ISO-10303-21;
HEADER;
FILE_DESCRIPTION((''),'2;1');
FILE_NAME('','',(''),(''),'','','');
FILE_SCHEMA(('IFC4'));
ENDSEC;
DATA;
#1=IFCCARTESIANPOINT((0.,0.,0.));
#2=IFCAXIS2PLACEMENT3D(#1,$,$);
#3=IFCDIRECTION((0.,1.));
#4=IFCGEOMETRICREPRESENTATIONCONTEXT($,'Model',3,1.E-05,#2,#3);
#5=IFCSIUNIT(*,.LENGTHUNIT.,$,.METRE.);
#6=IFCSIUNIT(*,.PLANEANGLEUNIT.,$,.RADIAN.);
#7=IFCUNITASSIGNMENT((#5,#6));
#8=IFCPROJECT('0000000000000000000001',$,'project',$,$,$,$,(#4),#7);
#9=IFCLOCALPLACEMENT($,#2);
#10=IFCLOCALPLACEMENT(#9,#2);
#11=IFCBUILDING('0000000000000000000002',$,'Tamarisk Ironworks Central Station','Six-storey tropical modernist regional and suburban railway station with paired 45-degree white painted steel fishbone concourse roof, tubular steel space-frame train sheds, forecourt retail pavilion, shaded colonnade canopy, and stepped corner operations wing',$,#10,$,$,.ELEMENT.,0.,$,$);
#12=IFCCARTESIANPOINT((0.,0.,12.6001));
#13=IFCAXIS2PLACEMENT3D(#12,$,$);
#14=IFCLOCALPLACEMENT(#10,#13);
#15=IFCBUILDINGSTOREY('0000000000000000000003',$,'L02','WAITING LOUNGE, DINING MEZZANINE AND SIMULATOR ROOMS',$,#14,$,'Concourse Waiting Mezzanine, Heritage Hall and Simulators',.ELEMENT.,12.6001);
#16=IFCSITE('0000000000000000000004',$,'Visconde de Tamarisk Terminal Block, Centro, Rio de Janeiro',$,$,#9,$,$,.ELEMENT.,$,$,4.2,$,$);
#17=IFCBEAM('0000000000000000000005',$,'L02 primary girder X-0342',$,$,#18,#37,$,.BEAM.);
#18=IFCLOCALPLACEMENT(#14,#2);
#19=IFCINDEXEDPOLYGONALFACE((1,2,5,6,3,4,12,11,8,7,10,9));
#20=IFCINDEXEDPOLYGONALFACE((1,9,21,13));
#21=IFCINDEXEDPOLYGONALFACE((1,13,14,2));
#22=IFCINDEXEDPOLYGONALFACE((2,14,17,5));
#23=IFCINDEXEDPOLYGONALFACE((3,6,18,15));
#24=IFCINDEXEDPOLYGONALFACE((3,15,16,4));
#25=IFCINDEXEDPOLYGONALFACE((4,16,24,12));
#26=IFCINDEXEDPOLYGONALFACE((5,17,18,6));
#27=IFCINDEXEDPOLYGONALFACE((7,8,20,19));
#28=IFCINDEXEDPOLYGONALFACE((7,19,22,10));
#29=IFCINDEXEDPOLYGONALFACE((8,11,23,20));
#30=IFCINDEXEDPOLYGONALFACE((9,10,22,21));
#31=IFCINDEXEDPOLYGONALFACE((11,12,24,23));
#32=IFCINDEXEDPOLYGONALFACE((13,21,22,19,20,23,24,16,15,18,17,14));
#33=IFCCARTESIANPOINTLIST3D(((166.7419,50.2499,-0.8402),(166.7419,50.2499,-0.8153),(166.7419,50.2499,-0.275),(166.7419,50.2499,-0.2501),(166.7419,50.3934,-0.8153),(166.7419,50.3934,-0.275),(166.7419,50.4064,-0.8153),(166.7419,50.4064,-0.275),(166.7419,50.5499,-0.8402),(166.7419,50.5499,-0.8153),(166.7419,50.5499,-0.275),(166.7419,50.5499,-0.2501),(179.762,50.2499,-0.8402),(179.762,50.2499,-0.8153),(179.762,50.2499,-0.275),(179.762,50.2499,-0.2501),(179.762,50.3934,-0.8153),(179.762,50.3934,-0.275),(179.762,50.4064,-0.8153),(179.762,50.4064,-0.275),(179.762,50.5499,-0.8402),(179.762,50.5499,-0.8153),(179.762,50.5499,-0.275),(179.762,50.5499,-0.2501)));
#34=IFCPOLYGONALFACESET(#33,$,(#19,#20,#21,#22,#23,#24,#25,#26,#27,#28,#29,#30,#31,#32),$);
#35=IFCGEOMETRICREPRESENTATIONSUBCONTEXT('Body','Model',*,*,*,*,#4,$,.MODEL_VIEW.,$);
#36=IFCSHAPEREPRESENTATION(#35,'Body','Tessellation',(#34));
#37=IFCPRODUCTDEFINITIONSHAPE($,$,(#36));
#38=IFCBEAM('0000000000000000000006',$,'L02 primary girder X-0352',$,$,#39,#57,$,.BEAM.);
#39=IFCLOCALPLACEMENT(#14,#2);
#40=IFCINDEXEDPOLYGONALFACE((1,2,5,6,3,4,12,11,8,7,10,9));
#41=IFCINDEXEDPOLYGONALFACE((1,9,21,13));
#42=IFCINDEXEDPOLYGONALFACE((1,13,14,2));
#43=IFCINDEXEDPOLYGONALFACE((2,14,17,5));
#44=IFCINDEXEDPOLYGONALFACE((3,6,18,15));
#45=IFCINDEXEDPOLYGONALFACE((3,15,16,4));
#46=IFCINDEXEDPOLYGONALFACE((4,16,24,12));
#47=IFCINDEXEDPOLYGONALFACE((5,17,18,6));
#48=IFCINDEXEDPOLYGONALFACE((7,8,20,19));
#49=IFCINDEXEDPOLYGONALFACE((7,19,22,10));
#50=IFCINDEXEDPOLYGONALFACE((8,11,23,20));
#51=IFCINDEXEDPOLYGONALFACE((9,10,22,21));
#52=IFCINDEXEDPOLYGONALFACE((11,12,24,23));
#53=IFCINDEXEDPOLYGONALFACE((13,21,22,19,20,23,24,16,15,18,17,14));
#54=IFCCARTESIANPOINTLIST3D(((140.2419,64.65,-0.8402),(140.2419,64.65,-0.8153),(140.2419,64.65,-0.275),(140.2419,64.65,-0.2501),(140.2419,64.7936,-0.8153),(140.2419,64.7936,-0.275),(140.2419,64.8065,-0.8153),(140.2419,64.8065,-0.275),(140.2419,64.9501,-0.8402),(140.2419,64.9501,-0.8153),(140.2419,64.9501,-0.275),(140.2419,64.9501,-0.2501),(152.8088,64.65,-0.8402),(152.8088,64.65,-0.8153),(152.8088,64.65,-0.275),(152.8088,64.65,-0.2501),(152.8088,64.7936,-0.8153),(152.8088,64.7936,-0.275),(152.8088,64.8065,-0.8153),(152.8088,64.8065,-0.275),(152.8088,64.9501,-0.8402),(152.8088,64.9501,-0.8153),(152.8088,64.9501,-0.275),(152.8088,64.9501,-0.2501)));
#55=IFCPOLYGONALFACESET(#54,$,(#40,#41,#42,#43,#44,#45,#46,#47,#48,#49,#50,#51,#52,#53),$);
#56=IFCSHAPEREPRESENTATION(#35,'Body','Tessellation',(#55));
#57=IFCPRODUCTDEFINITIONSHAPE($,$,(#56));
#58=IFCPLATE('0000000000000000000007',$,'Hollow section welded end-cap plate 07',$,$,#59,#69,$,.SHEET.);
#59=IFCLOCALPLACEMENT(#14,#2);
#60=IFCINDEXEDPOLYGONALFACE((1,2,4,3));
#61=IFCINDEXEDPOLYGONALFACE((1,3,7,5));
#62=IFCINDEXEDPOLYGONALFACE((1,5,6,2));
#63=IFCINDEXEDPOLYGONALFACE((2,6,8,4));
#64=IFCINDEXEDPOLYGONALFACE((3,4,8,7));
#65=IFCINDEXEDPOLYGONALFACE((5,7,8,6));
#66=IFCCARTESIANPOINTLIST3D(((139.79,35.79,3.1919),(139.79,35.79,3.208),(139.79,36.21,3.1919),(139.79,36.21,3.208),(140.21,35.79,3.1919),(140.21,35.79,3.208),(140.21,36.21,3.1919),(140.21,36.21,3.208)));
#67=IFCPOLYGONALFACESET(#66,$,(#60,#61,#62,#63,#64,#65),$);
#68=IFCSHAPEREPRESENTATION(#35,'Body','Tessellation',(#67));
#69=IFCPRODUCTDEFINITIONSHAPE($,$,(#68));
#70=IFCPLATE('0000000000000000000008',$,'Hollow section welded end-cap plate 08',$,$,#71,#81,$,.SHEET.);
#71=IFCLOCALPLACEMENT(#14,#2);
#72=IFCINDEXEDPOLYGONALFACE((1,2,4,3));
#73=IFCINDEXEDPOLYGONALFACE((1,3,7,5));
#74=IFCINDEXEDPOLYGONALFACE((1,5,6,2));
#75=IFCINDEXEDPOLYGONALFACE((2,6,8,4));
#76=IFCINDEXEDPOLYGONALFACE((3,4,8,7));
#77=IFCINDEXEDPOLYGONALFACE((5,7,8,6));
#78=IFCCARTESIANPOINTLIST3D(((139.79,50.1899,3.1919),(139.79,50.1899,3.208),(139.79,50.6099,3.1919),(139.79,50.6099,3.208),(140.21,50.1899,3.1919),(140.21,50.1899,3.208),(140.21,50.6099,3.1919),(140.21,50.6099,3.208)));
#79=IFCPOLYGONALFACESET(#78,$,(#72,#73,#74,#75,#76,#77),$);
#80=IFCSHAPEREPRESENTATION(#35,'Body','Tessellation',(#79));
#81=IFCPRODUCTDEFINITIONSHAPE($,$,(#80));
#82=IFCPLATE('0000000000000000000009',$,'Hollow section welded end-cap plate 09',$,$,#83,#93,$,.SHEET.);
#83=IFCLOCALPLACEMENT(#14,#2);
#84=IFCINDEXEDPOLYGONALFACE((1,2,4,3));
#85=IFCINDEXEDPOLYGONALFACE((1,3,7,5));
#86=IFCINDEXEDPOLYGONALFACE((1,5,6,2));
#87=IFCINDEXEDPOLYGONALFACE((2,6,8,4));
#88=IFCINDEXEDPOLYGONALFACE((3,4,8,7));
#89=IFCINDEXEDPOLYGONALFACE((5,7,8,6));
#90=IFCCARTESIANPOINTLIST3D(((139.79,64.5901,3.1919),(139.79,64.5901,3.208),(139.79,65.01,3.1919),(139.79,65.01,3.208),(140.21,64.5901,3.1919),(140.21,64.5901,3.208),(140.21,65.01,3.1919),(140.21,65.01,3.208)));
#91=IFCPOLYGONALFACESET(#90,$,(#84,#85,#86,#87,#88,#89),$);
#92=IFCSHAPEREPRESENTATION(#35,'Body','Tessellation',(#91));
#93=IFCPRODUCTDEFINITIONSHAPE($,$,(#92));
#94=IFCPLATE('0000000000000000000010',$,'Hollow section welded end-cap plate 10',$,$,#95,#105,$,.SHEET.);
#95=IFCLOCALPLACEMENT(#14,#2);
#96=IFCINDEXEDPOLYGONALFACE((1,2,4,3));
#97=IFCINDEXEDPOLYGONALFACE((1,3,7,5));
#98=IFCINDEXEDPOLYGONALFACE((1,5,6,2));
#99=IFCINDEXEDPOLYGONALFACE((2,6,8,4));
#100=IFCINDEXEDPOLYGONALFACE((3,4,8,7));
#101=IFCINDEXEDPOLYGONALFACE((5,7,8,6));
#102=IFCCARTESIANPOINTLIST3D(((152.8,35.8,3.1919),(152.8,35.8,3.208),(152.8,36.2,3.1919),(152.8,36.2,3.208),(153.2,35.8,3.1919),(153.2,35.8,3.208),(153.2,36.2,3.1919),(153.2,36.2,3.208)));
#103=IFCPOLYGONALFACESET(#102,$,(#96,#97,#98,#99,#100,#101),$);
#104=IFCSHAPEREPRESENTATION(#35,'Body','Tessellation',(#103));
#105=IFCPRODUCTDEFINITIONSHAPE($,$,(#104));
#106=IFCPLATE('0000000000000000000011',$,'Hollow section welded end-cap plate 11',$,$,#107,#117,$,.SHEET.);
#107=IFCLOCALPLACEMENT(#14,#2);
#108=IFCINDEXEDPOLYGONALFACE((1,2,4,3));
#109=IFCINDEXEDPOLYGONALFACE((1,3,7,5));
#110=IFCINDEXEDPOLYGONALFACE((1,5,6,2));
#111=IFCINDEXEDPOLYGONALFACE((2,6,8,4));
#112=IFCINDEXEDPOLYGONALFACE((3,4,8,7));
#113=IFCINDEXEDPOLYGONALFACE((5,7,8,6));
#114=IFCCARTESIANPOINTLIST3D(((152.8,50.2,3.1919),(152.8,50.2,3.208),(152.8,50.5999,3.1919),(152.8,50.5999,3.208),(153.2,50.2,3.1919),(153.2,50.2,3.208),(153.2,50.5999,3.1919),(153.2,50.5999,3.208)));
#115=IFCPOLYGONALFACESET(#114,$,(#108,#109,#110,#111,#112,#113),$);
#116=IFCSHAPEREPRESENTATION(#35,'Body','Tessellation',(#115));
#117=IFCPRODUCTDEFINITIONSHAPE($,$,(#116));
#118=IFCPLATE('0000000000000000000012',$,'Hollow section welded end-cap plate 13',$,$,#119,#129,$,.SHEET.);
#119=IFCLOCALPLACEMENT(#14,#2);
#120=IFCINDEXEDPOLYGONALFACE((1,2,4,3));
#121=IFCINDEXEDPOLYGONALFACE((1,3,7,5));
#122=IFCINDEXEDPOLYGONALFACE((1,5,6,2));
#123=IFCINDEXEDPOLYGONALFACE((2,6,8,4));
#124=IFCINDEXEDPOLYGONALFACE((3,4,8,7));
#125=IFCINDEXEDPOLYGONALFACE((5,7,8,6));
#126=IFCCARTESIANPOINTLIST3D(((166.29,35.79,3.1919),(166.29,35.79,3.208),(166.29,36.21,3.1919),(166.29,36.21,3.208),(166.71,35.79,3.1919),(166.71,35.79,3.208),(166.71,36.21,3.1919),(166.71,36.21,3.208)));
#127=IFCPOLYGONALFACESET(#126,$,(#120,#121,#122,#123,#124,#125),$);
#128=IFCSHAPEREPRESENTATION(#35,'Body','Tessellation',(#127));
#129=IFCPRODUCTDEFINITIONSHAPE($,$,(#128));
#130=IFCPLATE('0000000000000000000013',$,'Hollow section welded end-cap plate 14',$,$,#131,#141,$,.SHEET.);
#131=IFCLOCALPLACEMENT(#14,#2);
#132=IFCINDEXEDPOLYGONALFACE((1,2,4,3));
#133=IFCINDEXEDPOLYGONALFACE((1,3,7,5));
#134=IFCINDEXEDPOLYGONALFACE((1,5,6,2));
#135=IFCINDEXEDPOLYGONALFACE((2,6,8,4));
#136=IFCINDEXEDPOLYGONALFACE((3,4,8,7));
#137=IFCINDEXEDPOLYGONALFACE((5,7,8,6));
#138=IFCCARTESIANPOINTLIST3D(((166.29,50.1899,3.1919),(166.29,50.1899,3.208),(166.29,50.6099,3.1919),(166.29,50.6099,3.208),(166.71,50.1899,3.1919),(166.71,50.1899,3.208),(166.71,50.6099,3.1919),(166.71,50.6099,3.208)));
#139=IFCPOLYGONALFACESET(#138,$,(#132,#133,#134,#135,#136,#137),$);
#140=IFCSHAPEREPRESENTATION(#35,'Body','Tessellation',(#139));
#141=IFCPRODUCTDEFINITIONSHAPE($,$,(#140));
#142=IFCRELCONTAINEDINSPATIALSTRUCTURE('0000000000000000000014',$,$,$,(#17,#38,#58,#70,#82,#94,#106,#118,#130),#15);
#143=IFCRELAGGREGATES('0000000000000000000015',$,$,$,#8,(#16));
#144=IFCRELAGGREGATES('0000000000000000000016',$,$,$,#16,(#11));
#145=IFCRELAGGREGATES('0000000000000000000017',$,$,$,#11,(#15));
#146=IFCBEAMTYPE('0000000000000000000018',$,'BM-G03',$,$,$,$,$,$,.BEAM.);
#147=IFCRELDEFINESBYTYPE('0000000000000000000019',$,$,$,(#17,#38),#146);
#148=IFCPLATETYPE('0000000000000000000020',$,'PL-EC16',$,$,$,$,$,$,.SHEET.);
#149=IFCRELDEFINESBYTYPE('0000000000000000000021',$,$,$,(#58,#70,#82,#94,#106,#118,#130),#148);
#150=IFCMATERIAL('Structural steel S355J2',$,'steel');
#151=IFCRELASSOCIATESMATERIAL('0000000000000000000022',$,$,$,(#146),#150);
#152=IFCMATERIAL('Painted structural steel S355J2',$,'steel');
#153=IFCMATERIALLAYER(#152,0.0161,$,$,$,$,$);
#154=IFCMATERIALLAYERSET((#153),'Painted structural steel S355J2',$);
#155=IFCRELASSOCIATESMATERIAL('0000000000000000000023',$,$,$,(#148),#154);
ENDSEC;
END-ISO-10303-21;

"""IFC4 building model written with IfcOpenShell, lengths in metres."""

from ifc_helpers import new_model, si_unit, direction, frame, origin, origin_2d, place, context, subcontext, project, spatial, rectangle, i_section, extrude, material, layer, layer_set, material_profile, profile_set, type_object, element, save


model = new_model("IFC4")

# Units and contexts
model_context = context("Model", 3, precision=1e-05, world=origin(), true_north=direction((0.0, 1.0)))
body_context = subcontext(model_context, "Body", "Model", "MODEL_VIEW")
ifc_project = project(units=[si_unit("LENGTHUNIT", "METRE"), si_unit("PLANEANGLEUNIT", "RADIAN")], contexts=[model_context])

# Site, building, storey
site_placement = place(None, origin())
site = spatial("IfcSite", under=ifc_project, at=site_placement, Name="Visconde de Tamarisk Terminal Block, Centro, Rio de Janeiro", CompositionType="ELEMENT", RefElevation=4.2)
building_placement = place(site_placement, origin())
building = spatial("IfcBuilding", under=site, at=building_placement, Name="Tamarisk Ironworks Central Station", Description="Six-storey tropical modernist regional and suburban railway station with paired 45-degree white painted steel fishbone concourse roof, tubular steel space-frame train sheds, forecourt retail pavilion, shaded colonnade canopy, and stepped corner operations wing", CompositionType="ELEMENT", ElevationOfRefHeight=0.0)
storey_placement = place(building_placement, frame((0.0, 0.0, 12.6001)))
storey = spatial("IfcBuildingStorey", under=building, at=storey_placement, Name="L02", Description="WAITING LOUNGE, DINING MEZZANINE AND SIMULATOR ROOMS", LongName="Concourse Waiting Mezzanine, Heritage Hall and Simulators", CompositionType="ELEMENT", Elevation=12.6001)

# Beams
ifc_material_1 = material(Name="Structural steel S355J2", Category="steel")
ifc_material_profile_1 = material_profile(ifc_material_1, i_section(OverallWidth=0.3, OverallDepth=0.5901, WebThickness=0.0129, FlangeThickness=0.0249, at=origin_2d()), Name="HEA 600")
ifc_profile_set_1 = profile_set([ifc_material_profile_1], Name="Structural steel S355J2")
beam_type_1 = type_object("IfcBeamType", Name="BM-G03", PredefinedType="BEAM", material=ifc_profile_set_1)
beam_1_placement = place(storey_placement, frame((166.7419, 50.3999, -0.5452), z_axis=(1.0, 0.0, 0.0), x_axis=(0.0, 1.0, 0.0)))
element("IfcBeam", 1, at=beam_1_placement, inside=storey, type_object=beam_type_1, Name="L02 primary girder X-0342", PredefinedType="BEAM", context=body_context, shape_type="SweptSolid", body=[
    extrude(i_section(OverallWidth=0.3, OverallDepth=0.5901, WebThickness=0.0129, FlangeThickness=0.0249, at=origin_2d()), origin(), (0.0, 0.0, 1.0), 13.02),
])
beam_2_placement = place(storey_placement, frame((140.2419, 64.8, -0.5452), z_axis=(1.0, 0.0, 0.0), x_axis=(0.0, 1.0, 0.0)))
element("IfcBeam", 2, at=beam_2_placement, inside=storey, type_object=beam_type_1, Name="L02 primary girder X-0352", PredefinedType="BEAM", context=body_context, shape_type="SweptSolid", body=[
    extrude(i_section(OverallWidth=0.3, OverallDepth=0.5901, WebThickness=0.0129, FlangeThickness=0.0249, at=origin_2d()), origin(), (0.0, 0.0, 1.0), 12.5669),
])

# Plates
ifc_material_2 = material(Name="Painted structural steel S355J2", Category="steel")
ifc_layer = layer(ifc_material_2, 0.0161)
ifc_layer_set = layer_set([ifc_layer], Name="Painted structural steel S355J2")
plate_type = type_object("IfcPlateType", Name="PL-EC16", PredefinedType="SHEET", material=ifc_layer_set)
for number, where, z_axis, x_axis, name in (
    (3, (140.0, 36.0, 3.1919), (0.0, 0.0, 1.0), (1.0, 0.0, 0.0), "Hollow section welded end-cap plate 07"),
    (4, (140.0, 50.3999, 3.1919), (0.0, 0.0, 1.0), (1.0, 0.0, 0.0), "Hollow section welded end-cap plate 08"),
    (5, (140.0, 64.8, 3.1919), (0.0, 0.0, 1.0), (1.0, 0.0, 0.0), "Hollow section welded end-cap plate 09"),
):
    element("IfcPlate", number, at=place(storey_placement, frame(where, z_axis=z_axis, x_axis=x_axis)), inside=storey, type_object=plate_type, Name=name, PredefinedType="SHEET", context=body_context, shape_type="SweptSolid", body=[
        extrude(rectangle(XDim=0.4199, YDim=0.4199, at=origin_2d()), origin(), (0.0, 0.0, 1.0), 0.0161),
    ])
for number, where, z_axis, x_axis, name in (
    (6, (153.0, 36.0, 3.1919), (0.0, 0.0, 1.0), (1.0, 0.0, 0.0), "Hollow section welded end-cap plate 10"),
    (7, (153.0, 50.3999, 3.1919), (0.0, 0.0, 1.0), (1.0, 0.0, 0.0), "Hollow section welded end-cap plate 11"),
):
    element("IfcPlate", number, at=place(storey_placement, frame(where, z_axis=z_axis, x_axis=x_axis)), inside=storey, type_object=plate_type, Name=name, PredefinedType="SHEET", context=body_context, shape_type="SweptSolid", body=[
        extrude(rectangle(XDim=0.3999, YDim=0.3999, at=origin_2d()), origin(), (0.0, 0.0, 1.0), 0.0161),
    ])
for number, where, z_axis, x_axis, name in (
    (8, (166.5, 36.0, 3.1919), (0.0, 0.0, 1.0), (1.0, 0.0, 0.0), "Hollow section welded end-cap plate 13"),
    (9, (166.5, 50.3999, 3.1919), (0.0, 0.0, 1.0), (1.0, 0.0, 0.0), "Hollow section welded end-cap plate 14"),
):
    element("IfcPlate", number, at=place(storey_placement, frame(where, z_axis=z_axis, x_axis=x_axis)), inside=storey, type_object=plate_type, Name=name, PredefinedType="SHEET", context=body_context, shape_type="SweptSolid", body=[
        extrude(rectangle(XDim=0.4199, YDim=0.4199, at=origin_2d()), origin(), (0.0, 0.0, 1.0), 0.0161),
    ])

save(model, "model.ifc")
